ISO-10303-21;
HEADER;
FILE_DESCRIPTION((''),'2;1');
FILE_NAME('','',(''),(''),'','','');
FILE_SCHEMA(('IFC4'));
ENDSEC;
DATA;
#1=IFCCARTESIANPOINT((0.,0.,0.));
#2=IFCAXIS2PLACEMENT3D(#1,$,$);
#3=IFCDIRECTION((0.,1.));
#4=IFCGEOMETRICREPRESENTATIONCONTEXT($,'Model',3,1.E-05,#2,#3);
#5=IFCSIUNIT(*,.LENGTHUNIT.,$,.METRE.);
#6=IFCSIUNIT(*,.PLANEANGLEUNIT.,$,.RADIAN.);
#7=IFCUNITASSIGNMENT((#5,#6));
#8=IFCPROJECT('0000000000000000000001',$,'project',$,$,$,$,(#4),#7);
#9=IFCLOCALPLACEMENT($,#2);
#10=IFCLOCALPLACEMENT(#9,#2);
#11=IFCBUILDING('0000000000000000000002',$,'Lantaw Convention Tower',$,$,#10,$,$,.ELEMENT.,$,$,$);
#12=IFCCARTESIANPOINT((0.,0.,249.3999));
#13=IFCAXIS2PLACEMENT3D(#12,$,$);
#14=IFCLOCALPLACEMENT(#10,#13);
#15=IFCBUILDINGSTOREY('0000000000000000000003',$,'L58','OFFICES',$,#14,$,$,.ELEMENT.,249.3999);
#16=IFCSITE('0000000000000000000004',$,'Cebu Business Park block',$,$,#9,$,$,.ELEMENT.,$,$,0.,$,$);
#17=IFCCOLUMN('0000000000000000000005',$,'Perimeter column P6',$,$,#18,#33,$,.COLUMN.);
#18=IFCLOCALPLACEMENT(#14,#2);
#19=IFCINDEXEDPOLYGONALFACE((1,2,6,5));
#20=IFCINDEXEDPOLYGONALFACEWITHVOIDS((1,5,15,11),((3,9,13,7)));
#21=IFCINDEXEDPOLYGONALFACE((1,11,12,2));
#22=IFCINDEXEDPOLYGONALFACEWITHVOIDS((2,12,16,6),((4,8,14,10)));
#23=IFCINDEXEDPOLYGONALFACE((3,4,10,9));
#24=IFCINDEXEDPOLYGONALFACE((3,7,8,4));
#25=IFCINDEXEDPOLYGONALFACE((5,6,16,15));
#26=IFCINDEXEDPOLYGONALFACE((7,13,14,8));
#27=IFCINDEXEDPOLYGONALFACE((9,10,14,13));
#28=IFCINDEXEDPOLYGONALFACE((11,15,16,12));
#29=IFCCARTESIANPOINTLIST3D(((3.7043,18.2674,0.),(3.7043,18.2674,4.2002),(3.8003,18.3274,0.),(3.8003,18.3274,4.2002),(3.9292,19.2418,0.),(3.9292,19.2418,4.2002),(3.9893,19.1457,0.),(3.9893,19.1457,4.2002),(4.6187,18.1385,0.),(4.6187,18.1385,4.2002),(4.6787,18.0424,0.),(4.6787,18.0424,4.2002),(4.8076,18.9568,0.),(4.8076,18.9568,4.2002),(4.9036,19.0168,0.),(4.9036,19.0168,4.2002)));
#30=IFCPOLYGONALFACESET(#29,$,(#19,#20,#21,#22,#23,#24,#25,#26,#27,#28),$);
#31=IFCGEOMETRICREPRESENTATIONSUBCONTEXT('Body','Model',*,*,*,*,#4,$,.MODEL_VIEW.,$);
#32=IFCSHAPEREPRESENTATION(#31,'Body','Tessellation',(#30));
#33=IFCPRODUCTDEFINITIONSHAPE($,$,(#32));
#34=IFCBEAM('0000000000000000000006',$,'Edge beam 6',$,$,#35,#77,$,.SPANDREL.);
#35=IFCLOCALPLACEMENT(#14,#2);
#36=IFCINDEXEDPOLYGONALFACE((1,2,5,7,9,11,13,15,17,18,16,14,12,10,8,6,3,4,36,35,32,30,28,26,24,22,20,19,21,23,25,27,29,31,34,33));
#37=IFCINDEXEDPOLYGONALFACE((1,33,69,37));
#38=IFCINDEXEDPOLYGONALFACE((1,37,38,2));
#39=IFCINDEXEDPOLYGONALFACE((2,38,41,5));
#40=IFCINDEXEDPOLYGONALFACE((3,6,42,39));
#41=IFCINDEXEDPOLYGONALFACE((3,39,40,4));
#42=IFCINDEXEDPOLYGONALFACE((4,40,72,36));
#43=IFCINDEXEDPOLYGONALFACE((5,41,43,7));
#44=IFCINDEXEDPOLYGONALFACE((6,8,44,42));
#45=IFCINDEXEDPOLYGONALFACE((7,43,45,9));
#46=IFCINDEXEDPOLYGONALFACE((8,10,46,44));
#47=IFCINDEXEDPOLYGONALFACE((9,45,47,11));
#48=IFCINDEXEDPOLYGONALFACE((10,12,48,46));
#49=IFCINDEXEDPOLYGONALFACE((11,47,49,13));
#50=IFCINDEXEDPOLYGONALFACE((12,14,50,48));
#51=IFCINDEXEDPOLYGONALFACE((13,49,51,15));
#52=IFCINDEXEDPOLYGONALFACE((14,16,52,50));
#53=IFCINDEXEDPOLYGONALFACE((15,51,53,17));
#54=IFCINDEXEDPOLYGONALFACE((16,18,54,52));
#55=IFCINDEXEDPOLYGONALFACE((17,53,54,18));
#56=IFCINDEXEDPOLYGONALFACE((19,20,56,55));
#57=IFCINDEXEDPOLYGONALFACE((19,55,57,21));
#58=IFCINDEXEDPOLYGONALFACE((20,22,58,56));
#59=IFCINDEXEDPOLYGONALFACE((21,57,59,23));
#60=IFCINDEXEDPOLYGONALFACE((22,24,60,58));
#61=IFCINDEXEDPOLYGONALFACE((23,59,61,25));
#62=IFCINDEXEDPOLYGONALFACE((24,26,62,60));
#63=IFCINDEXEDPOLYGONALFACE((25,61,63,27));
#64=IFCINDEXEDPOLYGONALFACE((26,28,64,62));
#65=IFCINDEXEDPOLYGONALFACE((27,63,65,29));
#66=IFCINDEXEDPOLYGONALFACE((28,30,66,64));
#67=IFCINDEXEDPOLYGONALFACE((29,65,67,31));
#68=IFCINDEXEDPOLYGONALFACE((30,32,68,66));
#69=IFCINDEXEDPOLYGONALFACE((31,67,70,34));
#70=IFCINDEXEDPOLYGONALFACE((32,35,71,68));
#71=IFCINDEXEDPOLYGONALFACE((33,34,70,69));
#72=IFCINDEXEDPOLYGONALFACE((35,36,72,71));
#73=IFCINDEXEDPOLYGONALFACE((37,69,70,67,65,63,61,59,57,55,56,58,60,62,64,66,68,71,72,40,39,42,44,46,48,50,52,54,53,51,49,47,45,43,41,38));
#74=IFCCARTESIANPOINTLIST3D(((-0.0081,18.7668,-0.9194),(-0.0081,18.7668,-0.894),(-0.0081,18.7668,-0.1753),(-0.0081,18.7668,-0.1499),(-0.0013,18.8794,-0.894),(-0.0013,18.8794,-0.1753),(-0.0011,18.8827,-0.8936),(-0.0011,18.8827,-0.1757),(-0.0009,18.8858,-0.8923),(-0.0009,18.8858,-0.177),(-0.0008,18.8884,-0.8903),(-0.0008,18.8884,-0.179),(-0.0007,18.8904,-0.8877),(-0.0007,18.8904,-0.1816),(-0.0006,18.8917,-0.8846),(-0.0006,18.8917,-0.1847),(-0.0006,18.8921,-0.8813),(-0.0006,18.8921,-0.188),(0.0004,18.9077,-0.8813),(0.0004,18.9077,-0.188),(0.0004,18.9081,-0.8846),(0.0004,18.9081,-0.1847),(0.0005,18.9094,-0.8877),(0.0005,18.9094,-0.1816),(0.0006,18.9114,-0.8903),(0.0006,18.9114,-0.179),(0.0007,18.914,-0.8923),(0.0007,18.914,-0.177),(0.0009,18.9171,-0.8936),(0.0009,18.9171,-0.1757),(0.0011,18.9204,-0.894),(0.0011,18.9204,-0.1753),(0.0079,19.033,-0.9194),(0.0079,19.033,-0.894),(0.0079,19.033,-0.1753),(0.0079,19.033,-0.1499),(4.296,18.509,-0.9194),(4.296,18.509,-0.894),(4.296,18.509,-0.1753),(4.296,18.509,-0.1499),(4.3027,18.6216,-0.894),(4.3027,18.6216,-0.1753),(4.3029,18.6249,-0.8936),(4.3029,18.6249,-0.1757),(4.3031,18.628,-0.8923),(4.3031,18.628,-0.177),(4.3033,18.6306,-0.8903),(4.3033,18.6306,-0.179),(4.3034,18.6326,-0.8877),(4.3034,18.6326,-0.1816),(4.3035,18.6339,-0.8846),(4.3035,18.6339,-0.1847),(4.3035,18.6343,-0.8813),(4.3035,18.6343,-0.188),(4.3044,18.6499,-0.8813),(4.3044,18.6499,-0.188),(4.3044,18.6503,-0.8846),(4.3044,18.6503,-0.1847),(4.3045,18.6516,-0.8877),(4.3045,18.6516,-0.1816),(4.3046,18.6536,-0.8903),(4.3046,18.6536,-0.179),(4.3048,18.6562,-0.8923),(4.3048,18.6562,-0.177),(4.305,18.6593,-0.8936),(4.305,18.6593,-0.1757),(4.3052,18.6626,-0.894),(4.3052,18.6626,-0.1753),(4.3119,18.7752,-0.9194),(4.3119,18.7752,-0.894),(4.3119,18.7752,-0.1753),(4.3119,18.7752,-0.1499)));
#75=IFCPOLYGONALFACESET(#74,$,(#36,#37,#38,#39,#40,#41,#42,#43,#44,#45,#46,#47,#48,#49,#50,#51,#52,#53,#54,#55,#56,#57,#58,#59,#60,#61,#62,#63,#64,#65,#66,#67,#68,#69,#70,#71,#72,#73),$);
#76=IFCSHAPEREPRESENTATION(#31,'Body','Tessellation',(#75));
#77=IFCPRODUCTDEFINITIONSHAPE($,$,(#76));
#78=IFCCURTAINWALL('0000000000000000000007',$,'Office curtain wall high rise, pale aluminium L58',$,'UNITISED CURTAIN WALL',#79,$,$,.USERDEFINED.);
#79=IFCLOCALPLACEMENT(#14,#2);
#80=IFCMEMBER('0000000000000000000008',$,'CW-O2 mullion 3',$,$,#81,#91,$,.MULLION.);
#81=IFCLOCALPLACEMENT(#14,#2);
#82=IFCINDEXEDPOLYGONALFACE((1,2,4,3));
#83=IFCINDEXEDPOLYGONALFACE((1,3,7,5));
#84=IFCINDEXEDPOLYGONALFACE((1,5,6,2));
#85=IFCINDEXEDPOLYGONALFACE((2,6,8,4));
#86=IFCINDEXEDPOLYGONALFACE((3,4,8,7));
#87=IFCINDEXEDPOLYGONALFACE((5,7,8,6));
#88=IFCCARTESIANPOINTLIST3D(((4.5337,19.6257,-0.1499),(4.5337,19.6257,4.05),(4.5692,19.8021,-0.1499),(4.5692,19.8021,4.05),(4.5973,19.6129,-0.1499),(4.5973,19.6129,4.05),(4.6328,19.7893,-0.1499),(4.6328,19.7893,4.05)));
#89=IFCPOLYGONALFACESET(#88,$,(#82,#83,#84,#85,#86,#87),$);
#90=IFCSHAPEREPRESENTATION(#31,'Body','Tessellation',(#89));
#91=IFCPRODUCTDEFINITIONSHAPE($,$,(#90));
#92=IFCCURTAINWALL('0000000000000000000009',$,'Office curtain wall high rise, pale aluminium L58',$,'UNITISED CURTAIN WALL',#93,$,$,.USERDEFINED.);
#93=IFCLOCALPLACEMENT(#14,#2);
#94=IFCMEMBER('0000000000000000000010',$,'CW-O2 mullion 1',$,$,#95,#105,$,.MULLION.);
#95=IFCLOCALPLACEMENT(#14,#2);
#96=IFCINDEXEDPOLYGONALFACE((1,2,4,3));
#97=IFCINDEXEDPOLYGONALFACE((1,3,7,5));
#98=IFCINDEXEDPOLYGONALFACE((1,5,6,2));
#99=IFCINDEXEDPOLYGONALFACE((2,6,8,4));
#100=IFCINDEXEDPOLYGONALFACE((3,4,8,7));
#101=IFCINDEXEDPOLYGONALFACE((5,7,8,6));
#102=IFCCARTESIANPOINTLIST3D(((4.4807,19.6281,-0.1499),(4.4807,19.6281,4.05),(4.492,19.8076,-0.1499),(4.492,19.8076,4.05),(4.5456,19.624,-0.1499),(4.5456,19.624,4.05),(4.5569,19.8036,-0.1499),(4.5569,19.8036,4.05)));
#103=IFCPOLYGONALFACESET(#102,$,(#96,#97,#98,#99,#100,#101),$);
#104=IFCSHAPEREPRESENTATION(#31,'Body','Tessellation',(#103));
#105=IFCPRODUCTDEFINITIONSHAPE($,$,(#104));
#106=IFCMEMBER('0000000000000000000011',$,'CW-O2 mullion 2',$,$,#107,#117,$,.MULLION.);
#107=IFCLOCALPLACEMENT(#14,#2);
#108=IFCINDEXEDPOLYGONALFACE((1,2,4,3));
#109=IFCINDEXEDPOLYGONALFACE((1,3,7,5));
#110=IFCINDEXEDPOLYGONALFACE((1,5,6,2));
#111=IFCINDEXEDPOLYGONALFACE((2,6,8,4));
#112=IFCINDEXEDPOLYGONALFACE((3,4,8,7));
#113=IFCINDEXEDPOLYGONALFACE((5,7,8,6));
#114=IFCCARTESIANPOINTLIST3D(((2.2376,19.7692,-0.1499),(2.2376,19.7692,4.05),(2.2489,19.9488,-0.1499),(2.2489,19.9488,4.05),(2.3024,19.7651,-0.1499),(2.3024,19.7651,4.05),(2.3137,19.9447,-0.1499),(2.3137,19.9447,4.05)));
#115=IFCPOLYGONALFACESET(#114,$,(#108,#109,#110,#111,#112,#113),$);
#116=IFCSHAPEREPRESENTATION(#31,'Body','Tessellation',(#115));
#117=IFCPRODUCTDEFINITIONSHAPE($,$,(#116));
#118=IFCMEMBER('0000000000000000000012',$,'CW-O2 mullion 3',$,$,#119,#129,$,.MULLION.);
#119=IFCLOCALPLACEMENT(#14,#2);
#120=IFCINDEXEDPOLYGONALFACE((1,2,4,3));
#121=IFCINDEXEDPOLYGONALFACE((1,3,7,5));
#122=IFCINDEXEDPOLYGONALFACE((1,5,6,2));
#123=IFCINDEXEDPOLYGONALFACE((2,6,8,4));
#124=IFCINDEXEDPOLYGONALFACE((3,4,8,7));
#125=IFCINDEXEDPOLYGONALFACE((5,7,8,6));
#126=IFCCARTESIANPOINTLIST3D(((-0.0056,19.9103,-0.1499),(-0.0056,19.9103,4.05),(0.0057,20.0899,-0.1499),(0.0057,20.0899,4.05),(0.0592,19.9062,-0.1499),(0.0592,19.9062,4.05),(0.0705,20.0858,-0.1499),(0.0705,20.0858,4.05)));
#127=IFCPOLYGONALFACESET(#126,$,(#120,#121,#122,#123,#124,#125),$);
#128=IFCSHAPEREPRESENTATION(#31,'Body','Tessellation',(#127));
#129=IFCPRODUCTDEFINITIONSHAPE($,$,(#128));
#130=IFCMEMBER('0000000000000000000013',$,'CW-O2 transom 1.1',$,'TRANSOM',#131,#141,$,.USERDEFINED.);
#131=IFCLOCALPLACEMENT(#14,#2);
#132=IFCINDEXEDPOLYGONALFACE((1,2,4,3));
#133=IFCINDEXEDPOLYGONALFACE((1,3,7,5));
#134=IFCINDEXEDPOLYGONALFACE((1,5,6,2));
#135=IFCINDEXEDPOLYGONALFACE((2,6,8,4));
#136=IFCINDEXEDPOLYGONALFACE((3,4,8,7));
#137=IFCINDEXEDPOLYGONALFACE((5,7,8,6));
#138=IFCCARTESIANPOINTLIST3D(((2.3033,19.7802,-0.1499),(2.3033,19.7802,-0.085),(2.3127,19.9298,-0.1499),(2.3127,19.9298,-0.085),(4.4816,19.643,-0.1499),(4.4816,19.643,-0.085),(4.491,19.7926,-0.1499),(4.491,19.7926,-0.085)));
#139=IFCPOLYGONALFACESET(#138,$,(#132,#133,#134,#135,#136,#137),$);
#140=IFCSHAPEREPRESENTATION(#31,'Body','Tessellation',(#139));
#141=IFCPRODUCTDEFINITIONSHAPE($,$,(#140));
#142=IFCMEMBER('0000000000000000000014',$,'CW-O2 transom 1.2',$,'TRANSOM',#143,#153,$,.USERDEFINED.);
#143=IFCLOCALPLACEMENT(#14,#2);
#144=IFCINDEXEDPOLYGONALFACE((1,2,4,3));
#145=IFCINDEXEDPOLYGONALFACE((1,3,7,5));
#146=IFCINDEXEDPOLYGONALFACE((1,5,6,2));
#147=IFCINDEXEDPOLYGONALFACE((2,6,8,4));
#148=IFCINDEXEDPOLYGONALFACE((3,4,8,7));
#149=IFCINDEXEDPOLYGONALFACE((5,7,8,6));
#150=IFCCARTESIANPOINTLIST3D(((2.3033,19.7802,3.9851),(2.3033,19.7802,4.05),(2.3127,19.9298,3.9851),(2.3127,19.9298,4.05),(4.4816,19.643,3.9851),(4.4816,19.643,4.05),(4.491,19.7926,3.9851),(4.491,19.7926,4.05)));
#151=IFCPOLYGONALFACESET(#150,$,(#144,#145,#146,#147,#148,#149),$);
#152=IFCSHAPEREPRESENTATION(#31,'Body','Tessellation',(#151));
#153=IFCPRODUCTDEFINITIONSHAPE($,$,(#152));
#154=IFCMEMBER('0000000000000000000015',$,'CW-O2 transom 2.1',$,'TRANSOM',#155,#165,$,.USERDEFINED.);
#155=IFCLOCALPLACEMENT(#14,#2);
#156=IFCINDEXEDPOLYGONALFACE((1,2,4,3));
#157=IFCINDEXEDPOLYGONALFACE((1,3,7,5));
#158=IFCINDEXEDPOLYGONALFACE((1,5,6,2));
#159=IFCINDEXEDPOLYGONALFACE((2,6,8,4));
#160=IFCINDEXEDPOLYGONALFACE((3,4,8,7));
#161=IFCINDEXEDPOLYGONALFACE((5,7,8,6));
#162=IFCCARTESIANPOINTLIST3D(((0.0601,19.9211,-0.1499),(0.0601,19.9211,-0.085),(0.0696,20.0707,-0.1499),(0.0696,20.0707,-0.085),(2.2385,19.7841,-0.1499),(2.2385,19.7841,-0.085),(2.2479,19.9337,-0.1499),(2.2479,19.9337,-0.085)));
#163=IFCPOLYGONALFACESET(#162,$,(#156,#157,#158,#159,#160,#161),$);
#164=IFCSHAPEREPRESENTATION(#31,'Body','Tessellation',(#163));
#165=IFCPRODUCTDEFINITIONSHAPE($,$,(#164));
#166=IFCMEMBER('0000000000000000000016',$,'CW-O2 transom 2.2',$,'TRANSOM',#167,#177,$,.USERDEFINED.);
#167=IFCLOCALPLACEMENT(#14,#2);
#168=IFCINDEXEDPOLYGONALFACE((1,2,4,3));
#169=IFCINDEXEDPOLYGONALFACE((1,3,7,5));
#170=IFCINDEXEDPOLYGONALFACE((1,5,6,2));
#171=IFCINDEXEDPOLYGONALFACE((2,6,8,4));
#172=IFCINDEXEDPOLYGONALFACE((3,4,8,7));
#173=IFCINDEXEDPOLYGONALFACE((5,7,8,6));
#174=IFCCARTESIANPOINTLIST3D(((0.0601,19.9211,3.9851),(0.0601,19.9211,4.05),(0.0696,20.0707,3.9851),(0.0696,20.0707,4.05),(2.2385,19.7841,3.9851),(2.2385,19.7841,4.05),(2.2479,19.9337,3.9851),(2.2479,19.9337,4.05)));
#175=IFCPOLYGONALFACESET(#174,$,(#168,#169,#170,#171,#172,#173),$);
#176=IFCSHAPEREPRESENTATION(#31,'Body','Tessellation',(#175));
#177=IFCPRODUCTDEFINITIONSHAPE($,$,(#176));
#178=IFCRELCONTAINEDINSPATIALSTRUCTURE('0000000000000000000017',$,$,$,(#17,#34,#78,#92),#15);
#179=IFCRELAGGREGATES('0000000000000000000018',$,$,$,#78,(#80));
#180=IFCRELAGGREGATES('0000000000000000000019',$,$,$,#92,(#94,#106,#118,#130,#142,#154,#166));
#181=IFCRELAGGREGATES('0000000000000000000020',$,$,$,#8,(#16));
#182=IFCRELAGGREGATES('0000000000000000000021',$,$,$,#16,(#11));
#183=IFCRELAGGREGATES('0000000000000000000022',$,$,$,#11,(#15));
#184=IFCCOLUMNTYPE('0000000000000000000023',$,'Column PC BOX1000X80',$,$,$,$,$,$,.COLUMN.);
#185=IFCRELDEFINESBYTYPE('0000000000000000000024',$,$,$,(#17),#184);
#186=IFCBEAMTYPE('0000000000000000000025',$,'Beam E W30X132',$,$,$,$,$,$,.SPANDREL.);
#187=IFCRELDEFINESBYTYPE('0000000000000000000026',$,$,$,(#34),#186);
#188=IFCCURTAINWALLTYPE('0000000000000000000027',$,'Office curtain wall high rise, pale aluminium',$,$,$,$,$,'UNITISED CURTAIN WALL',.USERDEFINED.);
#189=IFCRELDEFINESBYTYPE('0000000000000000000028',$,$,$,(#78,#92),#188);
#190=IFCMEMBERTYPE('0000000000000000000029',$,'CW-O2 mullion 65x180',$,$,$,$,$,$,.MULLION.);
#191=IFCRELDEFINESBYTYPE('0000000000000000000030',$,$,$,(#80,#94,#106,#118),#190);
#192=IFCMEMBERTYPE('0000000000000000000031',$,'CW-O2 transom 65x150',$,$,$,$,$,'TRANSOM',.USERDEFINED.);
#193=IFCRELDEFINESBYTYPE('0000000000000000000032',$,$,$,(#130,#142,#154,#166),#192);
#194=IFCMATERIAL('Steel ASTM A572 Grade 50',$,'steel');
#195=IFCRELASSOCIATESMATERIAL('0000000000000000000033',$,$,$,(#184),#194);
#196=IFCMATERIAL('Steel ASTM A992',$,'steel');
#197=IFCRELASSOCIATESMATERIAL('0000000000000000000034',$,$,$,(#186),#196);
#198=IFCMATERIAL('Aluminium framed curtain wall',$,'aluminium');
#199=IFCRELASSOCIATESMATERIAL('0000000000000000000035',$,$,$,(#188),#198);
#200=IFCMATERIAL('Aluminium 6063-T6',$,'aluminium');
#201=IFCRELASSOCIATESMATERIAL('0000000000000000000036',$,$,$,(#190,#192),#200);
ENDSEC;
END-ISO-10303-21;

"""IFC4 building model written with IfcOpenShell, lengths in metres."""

from ifc_helpers import new_model, si_unit, direction, frame, origin, origin_2d, place, context, subcontext, project, spatial, rectangle, hollow_rectangle, i_section, extrude, material, material_profile, profile_set, type_object, element, aggregate, save


model = new_model("IFC4")

# Units and contexts
model_context = context("Model", 3, precision=1e-05, world=origin(), true_north=direction((0.0, 1.0)))
body_context = subcontext(model_context, "Body", "Model", "MODEL_VIEW")
ifc_project = project(units=[si_unit("LENGTHUNIT", "METRE"), si_unit("PLANEANGLEUNIT", "RADIAN")], contexts=[model_context])

# Site, building, storey
site_placement = place(None, origin())
site = spatial("IfcSite", under=ifc_project, at=site_placement, Name="Cebu Business Park block", CompositionType="ELEMENT", RefElevation=0.0)
building_placement = place(site_placement, origin())
building = spatial("IfcBuilding", under=site, at=building_placement, Name="Lantaw Convention Tower", CompositionType="ELEMENT")
storey_placement = place(building_placement, frame((0.0, 0.0, 249.3999)))
storey = spatial("IfcBuildingStorey", under=building, at=storey_placement, Name="L58", Description="OFFICES", CompositionType="ELEMENT", Elevation=249.3999)

# Column
ifc_material_1 = material(Name="Steel ASTM A572 Grade 50", Category="steel")
ifc_material_profile_1 = material_profile(ifc_material_1, hollow_rectangle(XDim=1.0, YDim=1.0, WallThickness=0.0801, at=origin_2d()), Name="BOX1000X80")
ifc_material_2 = material(Name="Concrete C60/75", Category="concrete")
ifc_material_profile_2 = material_profile(ifc_material_2, rectangle(XDim=0.8401, YDim=0.8401, at=origin_2d()), Name="Concrete fill of BOX1000X80")
ifc_profile_set_1 = profile_set([ifc_material_profile_1, ifc_material_profile_2], Name="Steel ASTM A572 Grade 50")
column_type = type_object("IfcColumnType", Name="Column PC BOX1000X80", PredefinedType="COLUMN", material=ifc_profile_set_1)
column_placement = place(storey_placement, frame((4.304, 18.6421, 0.0), z_axis=(0.0, 0.0, 1.0), x_axis=(0.224951, 0.97437, 0.0)))
element("IfcColumn", 1, at=column_placement, inside=storey, type_object=column_type, Name="Perimeter column P6", PredefinedType="COLUMN", context=body_context, shape_type="SweptSolid", body=[
    extrude(hollow_rectangle(XDim=1.0, YDim=1.0, WallThickness=0.0801, at=origin_2d()), origin(), (0.0, 0.0, 1.0), 4.2002),
])

# Beam
ifc_material_3 = material(Name="Steel ASTM A992", Category="steel")
ifc_material_profile_3 = material_profile(ifc_material_3, i_section(OverallWidth=0.2666, OverallDepth=0.7695, WebThickness=0.0156, FlangeThickness=0.0254, FilletRadius=0.0127, at=origin_2d()), Name="W30X132")
ifc_profile_set_2 = profile_set([ifc_material_profile_3], Name="Steel ASTM A992")
beam_type = type_object("IfcBeamType", Name="Beam E W30X132", PredefinedType="SPANDREL", material=ifc_profile_set_2)
beam_placement = place(storey_placement, frame((4.304, 18.6421, -0.5347), z_axis=(-0.998211, 0.059794, 0.0), x_axis=(-0.059794, -0.998211, 0.0)))
element("IfcBeam", 2, at=beam_placement, inside=storey, type_object=beam_type, Name="Edge beam 6", PredefinedType="SPANDREL", context=body_context, shape_type="SweptSolid", body=[
    extrude(i_section(OverallWidth=0.2666, OverallDepth=0.7695, WebThickness=0.0156, FlangeThickness=0.0254, FilletRadius=0.0127, at=origin_2d()), origin(), (0.0, 0.0, 1.0), 4.3118),
])

# Curtain wall, member
ifc_material_4 = material(Name="Aluminium framed curtain wall", Category="aluminium")
curtain_wall_type = type_object("IfcCurtainWallType", Name="Office curtain wall high rise, pale aluminium", ElementType="UNITISED CURTAIN WALL", PredefinedType="USERDEFINED", material=ifc_material_4)
curtain_wall_1_placement = place(storey_placement, origin())
curtain_wall_1 = element("IfcCurtainWall", 3, at=curtain_wall_1_placement, inside=storey, type_object=curtain_wall_type, Name="Office curtain wall high rise, pale aluminium L58", ObjectType="UNITISED CURTAIN WALL", PredefinedType="USERDEFINED")
ifc_material_5 = material(Name="Aluminium 6063-T6", Category="aluminium")
ifc_material_profile_4 = material_profile(ifc_material_5, rectangle(XDim=0.1799, YDim=0.0649, at=origin_2d()), Name="CW-O2 mullion 65x180")
ifc_profile_set_3 = profile_set([ifc_material_profile_4], Name="Aluminium 6063-T6")
member_type_1 = type_object("IfcMemberType", Name="CW-O2 mullion 65x180", PredefinedType="MULLION", material=ifc_profile_set_3)
member_1_placement = place(storey_placement, frame((4.5833, 19.7075, -0.1499), z_axis=(0.0, 0.0, 1.0), x_axis=(-0.197183, -0.980367, 0.0)))
member_1 = element("IfcMember", 4, at=member_1_placement, type_object=member_type_1, Name="CW-O2 mullion 3", PredefinedType="MULLION", context=body_context, shape_type="SweptSolid", body=[
    extrude(rectangle(XDim=0.1799, YDim=0.0649, at=origin_2d()), origin(), (0.0, 0.0, 1.0), 4.2),
])
aggregate(curtain_wall_1, [member_1])

# Curtain wall, members
curtain_wall_2_placement = place(storey_placement, origin())
curtain_wall_2 = element("IfcCurtainWall", 5, at=curtain_wall_2_placement, inside=storey, type_object=curtain_wall_type, Name="Office curtain wall high rise, pale aluminium L58", ObjectType="UNITISED CURTAIN WALL", PredefinedType="USERDEFINED")
member_2_placement = place(storey_placement, frame((4.5188, 19.7158, -0.1499), z_axis=(0.0, 0.0, 1.0), x_axis=(-0.062758, -0.998029, 0.0)))
member_2 = element("IfcMember", 6, at=member_2_placement, type_object=member_type_1, Name="CW-O2 mullion 1", PredefinedType="MULLION", context=body_context, shape_type="SweptSolid", body=[
    extrude(rectangle(XDim=0.1799, YDim=0.0649, at=origin_2d()), origin(), (0.0, 0.0, 1.0), 4.2),
])
member_3_placement = place(storey_placement, frame((2.2756, 19.8569, -0.1499), z_axis=(0.0, 0.0, 1.0), x_axis=(-0.062758, -0.998029, 0.0)))
member_3 = element("IfcMember", 7, at=member_3_placement, type_object=member_type_1, Name="CW-O2 mullion 2", PredefinedType="MULLION", context=body_context, shape_type="SweptSolid", body=[
    extrude(rectangle(XDim=0.1799, YDim=0.0649, at=origin_2d()), origin(), (0.0, 0.0, 1.0), 4.2),
])
member_4_placement = place(storey_placement, frame((0.0325, 19.998, -0.1499), z_axis=(0.0, 0.0, 1.0), x_axis=(-0.062758, -0.998029, 0.0)))
member_4 = element("IfcMember", 8, at=member_4_placement, type_object=member_type_1, Name="CW-O2 mullion 3", PredefinedType="MULLION", context=body_context, shape_type="SweptSolid", body=[
    extrude(rectangle(XDim=0.1799, YDim=0.0649, at=origin_2d()), origin(), (0.0, 0.0, 1.0), 4.2),
])
ifc_material_profile_5 = material_profile(ifc_material_5, rectangle(XDim=0.1499, YDim=0.0649, at=origin_2d()), Name="CW-O2 transom 65x150")
ifc_profile_set_4 = profile_set([ifc_material_profile_5], Name="Aluminium 6063-T6")
member_type_2 = type_object("IfcMemberType", Name="CW-O2 transom 65x150", ElementType="TRANSOM", PredefinedType="USERDEFINED", material=ifc_profile_set_4)
member_5_placement = place(storey_placement, frame((4.4863, 19.7178, -0.1174), z_axis=(-0.998022, 0.062866, 0.0), x_axis=(-0.062866, -0.998022, 0.0)))
member_5 = element("IfcMember", 9, at=member_5_placement, type_object=member_type_2, Name="CW-O2 transom 1.1", ObjectType="TRANSOM", PredefinedType="USERDEFINED", context=body_context, shape_type="SweptSolid", body=[
    extrude(rectangle(XDim=0.1499, YDim=0.0649, at=origin_2d()), origin(), (0.0, 0.0, 1.0), 2.1826),
])
member_6_placement = place(storey_placement, frame((4.4863, 19.7178, 4.0176), z_axis=(-0.998022, 0.062866, 0.0), x_axis=(-0.062866, -0.998022, 0.0)))
member_6 = element("IfcMember", 10, at=member_6_placement, type_object=member_type_2, Name="CW-O2 transom 1.2", ObjectType="TRANSOM", PredefinedType="USERDEFINED", context=body_context, shape_type="SweptSolid", body=[
    extrude(rectangle(XDim=0.1499, YDim=0.0649, at=origin_2d()), origin(), (0.0, 0.0, 1.0), 2.1826),
])
member_7_placement = place(storey_placement, frame((2.2432, 19.8589, -0.1174), z_axis=(-0.998029, 0.062754, 0.0), x_axis=(-0.062754, -0.998029, 0.0)))
member_7 = element("IfcMember", 11, at=member_7_placement, type_object=member_type_2, Name="CW-O2 transom 2.1", ObjectType="TRANSOM", PredefinedType="USERDEFINED", context=body_context, shape_type="SweptSolid", body=[
    extrude(rectangle(XDim=0.1499, YDim=0.0649, at=origin_2d()), origin(), (0.0, 0.0, 1.0), 2.1826),
])
member_8_placement = place(storey_placement, frame((2.2432, 19.8589, 4.0176), z_axis=(-0.998029, 0.062754, 0.0), x_axis=(-0.062754, -0.998029, 0.0)))
member_8 = element("IfcMember", 12, at=member_8_placement, type_object=member_type_2, Name="CW-O2 transom 2.2", ObjectType="TRANSOM", PredefinedType="USERDEFINED", context=body_context, shape_type="SweptSolid", body=[
    extrude(rectangle(XDim=0.1499, YDim=0.0649, at=origin_2d()), origin(), (0.0, 0.0, 1.0), 2.1826),
])
aggregate(curtain_wall_2, [member_2, member_3, member_4, member_5, member_6, member_7, member_8])

save(model, "model.ifc")
